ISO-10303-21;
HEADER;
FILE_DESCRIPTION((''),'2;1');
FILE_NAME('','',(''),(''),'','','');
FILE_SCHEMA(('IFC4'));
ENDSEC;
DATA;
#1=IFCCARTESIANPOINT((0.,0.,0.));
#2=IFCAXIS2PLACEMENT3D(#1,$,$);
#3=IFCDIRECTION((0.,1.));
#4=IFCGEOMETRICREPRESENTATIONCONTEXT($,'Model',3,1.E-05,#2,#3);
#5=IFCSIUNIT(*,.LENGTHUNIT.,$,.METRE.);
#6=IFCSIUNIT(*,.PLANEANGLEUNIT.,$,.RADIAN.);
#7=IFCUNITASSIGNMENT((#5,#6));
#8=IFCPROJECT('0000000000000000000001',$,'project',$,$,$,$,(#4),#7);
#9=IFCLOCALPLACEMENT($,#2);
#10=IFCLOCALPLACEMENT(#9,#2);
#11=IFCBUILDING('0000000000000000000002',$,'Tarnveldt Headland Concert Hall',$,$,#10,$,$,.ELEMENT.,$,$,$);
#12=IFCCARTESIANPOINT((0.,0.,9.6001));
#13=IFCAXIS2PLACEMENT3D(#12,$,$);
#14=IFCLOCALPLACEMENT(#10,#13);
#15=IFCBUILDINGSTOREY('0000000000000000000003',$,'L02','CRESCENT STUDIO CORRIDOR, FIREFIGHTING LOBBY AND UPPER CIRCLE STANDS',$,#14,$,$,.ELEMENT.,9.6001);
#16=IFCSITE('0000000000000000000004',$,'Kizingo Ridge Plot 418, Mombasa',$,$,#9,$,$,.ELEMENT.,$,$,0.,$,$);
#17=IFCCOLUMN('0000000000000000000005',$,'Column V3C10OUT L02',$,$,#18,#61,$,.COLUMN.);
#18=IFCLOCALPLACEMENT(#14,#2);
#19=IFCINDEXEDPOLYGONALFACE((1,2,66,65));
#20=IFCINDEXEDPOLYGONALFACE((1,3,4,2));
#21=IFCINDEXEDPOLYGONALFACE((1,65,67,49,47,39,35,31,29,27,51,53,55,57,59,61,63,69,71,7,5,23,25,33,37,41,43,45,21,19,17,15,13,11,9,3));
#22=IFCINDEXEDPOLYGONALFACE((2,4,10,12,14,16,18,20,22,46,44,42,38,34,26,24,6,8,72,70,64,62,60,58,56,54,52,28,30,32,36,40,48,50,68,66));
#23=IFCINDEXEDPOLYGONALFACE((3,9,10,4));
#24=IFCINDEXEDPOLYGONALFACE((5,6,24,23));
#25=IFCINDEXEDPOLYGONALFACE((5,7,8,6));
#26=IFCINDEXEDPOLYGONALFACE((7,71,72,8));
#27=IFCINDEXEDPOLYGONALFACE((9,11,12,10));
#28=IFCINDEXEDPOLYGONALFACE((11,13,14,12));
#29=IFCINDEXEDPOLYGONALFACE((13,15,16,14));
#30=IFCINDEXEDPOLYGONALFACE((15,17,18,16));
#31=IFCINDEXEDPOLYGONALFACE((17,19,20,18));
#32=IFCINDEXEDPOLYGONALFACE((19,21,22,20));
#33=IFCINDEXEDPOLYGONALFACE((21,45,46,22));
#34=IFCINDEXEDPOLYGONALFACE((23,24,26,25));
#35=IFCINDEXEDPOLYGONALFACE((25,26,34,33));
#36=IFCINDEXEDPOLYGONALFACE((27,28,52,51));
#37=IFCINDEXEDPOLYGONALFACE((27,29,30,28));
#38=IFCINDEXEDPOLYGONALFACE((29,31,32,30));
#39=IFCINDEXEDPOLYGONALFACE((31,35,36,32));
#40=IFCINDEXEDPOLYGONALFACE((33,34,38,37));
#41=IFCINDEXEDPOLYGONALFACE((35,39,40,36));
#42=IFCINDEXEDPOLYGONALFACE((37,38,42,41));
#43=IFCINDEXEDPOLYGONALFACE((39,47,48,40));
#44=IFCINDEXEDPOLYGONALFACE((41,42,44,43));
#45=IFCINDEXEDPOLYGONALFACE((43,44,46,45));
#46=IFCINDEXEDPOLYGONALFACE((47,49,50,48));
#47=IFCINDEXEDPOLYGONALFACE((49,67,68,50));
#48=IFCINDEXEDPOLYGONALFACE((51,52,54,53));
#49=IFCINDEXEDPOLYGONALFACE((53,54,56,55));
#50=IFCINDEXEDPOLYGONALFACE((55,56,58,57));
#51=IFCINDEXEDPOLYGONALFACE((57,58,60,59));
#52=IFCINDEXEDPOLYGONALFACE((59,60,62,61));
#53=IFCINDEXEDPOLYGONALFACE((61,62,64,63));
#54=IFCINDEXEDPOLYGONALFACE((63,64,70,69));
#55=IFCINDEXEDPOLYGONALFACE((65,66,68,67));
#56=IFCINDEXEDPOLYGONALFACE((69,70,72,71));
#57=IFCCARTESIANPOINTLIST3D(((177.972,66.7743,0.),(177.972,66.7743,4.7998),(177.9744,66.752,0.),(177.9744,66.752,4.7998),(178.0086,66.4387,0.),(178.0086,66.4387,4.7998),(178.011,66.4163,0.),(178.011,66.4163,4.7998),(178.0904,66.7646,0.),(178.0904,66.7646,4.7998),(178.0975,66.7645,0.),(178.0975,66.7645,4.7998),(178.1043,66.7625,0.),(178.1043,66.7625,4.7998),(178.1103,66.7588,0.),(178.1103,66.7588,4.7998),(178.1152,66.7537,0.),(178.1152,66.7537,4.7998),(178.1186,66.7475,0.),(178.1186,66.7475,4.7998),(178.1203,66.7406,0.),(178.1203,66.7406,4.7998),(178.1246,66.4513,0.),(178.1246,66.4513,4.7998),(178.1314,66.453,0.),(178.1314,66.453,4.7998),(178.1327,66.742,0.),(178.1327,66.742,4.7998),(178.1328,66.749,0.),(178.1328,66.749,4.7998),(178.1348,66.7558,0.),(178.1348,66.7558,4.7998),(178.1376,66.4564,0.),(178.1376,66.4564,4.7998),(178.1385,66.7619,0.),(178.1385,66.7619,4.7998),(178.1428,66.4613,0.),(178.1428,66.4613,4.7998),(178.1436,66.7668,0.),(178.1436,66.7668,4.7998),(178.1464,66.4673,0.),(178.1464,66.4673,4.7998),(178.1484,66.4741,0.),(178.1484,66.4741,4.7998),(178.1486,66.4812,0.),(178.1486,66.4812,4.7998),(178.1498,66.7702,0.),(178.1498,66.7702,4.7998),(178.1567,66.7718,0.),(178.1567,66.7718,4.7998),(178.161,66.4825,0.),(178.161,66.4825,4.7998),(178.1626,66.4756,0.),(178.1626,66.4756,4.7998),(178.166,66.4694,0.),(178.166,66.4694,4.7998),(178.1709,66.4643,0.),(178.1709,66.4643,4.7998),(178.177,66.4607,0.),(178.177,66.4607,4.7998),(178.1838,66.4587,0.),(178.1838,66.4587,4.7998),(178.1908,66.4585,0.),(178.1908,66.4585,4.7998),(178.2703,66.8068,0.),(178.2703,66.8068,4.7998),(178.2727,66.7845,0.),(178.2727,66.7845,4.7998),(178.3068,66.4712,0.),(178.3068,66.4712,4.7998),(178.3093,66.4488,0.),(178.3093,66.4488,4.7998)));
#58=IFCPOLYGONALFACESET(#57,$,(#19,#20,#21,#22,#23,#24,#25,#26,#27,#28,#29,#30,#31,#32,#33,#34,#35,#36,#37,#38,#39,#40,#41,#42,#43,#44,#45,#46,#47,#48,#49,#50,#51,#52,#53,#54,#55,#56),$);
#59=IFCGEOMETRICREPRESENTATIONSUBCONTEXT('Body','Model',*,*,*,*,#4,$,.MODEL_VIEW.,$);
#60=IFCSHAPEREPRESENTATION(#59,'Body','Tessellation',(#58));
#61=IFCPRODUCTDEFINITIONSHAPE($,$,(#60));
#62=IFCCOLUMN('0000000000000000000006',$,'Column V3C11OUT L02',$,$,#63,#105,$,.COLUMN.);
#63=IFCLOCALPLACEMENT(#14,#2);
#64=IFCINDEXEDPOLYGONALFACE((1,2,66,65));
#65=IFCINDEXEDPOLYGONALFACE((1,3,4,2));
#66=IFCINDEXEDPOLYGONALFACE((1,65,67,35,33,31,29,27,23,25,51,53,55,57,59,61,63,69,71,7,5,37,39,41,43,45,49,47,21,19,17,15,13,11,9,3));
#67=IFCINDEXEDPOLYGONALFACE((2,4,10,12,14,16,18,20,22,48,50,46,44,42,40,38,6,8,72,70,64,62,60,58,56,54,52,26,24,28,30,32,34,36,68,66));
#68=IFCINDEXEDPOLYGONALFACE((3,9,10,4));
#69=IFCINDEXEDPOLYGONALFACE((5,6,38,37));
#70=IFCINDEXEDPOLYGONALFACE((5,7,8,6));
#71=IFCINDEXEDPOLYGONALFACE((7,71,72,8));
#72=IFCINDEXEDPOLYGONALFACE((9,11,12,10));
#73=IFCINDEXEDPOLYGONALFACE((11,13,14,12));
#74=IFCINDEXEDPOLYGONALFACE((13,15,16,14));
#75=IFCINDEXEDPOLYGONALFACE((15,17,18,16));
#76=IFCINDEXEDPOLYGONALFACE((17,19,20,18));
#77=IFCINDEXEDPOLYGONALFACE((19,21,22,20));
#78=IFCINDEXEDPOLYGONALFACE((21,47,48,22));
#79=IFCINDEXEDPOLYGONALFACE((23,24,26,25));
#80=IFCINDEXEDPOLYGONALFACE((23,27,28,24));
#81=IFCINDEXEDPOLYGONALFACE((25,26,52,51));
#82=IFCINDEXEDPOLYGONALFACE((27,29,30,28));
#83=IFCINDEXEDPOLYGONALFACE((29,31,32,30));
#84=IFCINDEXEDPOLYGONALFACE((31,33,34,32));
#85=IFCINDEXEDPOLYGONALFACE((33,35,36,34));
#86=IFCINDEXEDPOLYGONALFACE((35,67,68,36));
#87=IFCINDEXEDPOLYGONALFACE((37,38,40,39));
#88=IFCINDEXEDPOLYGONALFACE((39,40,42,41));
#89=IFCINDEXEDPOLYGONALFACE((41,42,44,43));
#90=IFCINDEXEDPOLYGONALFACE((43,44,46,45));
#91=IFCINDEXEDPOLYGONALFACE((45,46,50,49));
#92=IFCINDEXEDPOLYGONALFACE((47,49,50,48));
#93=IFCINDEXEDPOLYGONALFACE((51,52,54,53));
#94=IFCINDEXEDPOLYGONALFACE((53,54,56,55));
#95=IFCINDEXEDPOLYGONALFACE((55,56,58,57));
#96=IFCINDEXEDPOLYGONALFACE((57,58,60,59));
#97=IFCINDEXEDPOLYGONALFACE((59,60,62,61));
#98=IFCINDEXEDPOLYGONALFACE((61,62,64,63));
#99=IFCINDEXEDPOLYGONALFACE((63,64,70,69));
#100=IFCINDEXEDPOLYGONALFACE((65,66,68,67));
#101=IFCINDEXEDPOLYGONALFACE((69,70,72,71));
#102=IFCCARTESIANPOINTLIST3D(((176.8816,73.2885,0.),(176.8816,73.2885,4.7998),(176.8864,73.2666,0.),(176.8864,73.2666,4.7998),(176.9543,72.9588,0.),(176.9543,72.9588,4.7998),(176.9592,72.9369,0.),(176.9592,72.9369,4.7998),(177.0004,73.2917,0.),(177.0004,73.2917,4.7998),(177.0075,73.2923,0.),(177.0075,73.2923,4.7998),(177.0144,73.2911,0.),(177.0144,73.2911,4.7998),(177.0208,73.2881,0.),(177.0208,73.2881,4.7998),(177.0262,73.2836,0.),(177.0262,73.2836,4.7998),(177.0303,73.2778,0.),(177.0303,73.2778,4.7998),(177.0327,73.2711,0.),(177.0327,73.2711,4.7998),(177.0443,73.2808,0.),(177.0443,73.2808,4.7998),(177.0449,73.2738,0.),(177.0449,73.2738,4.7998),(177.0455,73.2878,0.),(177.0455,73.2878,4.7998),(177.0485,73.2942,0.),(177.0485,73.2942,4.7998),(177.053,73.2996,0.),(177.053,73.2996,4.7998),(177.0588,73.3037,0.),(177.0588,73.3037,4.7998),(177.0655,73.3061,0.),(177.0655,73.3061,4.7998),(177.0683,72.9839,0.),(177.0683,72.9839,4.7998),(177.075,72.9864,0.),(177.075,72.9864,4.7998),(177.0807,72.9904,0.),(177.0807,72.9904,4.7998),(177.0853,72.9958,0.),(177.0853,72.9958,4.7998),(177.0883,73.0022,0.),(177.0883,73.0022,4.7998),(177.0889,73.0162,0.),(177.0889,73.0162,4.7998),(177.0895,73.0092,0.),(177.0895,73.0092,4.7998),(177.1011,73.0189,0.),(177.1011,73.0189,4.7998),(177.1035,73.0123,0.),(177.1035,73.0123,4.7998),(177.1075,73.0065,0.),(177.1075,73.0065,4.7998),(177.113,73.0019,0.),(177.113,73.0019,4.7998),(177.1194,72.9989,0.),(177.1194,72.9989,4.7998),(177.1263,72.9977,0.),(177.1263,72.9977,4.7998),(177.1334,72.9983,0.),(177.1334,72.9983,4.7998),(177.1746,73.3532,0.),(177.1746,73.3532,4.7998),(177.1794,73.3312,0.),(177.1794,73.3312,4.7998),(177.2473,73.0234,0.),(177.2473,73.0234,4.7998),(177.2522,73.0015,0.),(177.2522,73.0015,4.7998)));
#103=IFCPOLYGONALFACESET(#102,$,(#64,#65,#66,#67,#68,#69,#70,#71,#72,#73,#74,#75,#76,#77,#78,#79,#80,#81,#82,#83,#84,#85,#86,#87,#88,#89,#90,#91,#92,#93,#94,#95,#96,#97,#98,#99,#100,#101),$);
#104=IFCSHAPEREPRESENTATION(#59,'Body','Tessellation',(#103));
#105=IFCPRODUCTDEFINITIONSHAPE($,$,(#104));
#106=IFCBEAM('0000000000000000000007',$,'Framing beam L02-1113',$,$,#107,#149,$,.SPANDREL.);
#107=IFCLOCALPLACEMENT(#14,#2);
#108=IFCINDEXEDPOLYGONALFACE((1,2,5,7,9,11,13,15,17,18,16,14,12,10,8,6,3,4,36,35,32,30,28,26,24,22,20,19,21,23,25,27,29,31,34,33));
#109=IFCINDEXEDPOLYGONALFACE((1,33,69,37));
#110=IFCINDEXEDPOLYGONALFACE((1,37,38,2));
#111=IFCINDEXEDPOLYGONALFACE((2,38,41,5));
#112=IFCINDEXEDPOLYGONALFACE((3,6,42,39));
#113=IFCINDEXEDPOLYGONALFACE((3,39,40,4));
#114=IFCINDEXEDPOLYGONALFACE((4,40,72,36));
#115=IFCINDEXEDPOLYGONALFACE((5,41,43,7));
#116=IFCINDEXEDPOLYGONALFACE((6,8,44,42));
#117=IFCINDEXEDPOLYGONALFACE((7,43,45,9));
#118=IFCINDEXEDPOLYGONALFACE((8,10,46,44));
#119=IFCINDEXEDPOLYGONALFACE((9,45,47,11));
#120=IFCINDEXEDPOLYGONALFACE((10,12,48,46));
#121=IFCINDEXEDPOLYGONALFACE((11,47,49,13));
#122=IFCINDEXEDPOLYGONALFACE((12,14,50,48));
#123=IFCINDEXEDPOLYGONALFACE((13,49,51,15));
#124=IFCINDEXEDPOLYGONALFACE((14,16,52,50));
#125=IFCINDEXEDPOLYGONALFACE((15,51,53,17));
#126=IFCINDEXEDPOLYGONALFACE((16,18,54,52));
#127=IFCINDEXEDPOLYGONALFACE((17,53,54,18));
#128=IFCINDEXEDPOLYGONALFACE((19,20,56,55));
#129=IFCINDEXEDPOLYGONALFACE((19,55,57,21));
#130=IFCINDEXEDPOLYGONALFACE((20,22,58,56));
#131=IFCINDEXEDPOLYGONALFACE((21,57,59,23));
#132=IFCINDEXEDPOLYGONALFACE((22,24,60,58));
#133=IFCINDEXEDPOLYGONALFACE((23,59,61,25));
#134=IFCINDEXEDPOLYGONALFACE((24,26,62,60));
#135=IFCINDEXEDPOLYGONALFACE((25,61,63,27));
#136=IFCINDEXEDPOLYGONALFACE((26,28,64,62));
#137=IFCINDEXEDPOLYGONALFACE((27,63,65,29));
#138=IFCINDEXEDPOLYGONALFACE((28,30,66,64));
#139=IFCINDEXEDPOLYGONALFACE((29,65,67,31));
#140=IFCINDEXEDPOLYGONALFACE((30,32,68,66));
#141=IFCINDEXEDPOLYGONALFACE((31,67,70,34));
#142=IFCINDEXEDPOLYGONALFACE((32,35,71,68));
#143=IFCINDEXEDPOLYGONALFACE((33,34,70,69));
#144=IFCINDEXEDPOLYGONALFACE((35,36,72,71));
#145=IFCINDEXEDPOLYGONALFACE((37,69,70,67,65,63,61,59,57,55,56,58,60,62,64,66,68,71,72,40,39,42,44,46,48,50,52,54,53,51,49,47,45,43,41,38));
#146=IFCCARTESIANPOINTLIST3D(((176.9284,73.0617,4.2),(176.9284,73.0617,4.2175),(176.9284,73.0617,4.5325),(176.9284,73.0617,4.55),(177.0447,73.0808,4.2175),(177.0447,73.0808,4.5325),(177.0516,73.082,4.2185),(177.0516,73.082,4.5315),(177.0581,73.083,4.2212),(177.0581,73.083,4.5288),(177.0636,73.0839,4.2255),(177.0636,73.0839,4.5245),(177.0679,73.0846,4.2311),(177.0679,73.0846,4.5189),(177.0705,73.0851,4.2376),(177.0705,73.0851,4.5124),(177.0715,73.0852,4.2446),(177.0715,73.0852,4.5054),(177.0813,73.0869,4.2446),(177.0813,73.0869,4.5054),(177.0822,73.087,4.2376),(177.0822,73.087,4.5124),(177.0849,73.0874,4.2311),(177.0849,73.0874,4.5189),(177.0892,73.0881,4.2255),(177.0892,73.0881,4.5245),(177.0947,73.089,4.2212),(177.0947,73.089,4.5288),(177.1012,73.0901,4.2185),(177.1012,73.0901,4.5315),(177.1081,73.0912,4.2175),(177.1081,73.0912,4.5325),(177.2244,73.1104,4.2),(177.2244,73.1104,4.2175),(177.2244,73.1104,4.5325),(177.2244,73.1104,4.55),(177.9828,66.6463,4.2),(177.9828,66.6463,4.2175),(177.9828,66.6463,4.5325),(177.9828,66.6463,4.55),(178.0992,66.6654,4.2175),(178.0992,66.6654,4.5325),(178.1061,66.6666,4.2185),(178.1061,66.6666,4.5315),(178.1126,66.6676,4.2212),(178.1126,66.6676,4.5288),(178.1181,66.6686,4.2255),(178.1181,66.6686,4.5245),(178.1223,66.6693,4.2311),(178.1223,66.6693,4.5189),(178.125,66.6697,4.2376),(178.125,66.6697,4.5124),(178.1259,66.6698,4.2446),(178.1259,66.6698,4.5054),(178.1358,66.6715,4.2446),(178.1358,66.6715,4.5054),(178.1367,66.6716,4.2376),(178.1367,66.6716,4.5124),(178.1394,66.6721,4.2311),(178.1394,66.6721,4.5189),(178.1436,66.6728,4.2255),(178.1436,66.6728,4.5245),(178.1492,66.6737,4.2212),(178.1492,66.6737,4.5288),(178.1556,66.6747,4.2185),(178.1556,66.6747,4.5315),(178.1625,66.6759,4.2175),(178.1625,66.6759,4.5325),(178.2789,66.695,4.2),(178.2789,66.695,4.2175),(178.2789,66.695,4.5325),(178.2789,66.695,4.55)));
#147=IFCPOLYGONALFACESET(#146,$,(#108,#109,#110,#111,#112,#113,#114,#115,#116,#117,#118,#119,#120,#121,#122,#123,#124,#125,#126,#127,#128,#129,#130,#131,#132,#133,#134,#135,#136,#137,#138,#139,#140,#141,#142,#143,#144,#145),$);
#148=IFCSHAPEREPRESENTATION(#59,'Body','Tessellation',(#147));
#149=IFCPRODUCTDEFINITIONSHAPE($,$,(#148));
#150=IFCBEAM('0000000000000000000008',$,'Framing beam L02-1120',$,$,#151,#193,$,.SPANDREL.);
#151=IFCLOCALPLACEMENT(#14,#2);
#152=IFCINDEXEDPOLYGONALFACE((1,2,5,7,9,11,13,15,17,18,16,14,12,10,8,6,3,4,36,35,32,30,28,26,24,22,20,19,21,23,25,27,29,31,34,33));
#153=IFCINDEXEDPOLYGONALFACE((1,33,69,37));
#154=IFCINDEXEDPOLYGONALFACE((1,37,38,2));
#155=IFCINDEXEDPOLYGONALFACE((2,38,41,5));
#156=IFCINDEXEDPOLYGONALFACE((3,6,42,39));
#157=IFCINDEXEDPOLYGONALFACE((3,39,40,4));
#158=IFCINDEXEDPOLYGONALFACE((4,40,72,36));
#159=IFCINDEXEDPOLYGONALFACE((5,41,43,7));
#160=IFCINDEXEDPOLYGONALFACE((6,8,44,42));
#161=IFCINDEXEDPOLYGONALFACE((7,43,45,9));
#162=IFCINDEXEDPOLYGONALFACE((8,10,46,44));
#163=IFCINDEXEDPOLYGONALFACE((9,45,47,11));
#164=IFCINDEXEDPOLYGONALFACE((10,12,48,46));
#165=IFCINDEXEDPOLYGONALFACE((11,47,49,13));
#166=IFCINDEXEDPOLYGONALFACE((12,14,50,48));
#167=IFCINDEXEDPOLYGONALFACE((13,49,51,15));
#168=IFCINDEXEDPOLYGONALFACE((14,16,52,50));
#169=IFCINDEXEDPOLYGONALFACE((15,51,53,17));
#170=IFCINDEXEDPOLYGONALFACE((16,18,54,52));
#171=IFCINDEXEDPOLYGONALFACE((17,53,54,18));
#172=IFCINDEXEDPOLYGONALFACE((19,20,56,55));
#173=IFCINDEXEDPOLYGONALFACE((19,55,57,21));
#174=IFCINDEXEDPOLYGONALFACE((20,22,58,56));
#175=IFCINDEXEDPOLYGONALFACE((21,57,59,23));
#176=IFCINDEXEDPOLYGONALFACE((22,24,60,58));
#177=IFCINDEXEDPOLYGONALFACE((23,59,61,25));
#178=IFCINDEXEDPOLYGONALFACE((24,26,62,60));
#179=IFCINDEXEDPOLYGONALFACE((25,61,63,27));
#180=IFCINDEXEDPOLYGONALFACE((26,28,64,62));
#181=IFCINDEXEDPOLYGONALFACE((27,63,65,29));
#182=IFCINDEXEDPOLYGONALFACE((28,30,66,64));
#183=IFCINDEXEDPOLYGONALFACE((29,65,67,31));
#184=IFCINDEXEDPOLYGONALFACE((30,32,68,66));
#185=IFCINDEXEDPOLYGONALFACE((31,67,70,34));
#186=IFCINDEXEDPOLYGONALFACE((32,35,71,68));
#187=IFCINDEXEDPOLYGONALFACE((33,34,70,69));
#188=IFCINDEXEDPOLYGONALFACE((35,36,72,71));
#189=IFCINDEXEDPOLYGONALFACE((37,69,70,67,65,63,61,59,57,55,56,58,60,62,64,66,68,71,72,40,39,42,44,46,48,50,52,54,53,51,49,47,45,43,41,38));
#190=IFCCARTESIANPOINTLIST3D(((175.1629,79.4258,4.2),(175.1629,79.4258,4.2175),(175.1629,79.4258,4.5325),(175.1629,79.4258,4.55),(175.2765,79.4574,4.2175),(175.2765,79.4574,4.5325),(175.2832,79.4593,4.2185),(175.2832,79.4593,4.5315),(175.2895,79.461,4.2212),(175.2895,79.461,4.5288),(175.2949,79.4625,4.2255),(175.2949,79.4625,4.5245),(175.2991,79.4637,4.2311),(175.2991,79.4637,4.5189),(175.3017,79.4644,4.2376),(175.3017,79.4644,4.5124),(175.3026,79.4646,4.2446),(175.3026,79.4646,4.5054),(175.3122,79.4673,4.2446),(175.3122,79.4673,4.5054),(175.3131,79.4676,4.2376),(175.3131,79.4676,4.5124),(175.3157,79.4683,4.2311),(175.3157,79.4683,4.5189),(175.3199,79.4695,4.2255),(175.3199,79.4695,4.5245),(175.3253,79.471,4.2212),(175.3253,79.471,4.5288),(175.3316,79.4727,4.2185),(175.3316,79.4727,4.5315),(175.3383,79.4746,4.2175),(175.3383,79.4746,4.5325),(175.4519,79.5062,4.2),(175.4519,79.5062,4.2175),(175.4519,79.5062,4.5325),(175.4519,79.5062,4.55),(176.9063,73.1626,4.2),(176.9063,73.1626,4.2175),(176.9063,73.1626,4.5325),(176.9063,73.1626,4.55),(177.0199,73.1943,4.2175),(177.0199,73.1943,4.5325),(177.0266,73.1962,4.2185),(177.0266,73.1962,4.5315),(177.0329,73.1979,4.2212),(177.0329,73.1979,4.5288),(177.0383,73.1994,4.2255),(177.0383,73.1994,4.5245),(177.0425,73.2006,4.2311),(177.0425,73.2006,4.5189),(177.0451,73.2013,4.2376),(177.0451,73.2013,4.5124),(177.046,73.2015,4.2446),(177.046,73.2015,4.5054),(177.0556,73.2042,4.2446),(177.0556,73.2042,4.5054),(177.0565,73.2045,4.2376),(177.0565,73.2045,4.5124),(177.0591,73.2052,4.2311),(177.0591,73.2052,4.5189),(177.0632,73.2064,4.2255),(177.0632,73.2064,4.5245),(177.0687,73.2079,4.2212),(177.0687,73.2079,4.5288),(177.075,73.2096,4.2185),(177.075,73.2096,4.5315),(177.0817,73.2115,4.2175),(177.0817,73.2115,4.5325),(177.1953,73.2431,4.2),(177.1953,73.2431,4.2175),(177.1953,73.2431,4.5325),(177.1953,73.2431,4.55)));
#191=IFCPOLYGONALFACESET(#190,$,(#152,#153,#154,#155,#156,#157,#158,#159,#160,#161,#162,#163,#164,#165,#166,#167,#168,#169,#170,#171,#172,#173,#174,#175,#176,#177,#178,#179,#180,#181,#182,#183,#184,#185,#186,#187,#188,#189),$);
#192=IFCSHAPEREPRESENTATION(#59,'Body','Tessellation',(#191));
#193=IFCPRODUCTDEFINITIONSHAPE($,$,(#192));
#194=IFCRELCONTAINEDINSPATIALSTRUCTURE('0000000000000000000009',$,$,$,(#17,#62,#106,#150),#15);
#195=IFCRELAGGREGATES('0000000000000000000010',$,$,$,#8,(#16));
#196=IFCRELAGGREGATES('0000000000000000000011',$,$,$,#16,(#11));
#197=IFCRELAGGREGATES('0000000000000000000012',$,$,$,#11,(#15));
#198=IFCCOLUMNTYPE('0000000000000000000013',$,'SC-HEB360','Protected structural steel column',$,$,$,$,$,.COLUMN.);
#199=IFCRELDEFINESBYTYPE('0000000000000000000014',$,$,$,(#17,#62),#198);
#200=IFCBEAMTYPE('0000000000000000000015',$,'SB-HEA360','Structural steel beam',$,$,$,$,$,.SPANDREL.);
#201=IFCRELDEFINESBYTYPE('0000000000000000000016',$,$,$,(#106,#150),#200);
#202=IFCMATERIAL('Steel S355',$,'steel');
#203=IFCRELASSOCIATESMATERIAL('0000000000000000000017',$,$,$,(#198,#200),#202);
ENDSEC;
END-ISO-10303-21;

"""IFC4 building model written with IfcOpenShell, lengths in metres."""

from ifc_helpers import new_model, si_unit, direction, frame, origin, origin_2d, place, context, subcontext, project, spatial, i_section, extrude, material, material_profile, profile_set, type_object, element, save


model = new_model("IFC4")

# Units and contexts
model_context = context("Model", 3, precision=1e-05, world=origin(), true_north=direction((0.0, 1.0)))
body_context = subcontext(model_context, "Body", "Model", "MODEL_VIEW")
ifc_project = project(units=[si_unit("LENGTHUNIT", "METRE"), si_unit("PLANEANGLEUNIT", "RADIAN")], contexts=[model_context])

# Site, building, storey
site_placement = place(None, origin())
site = spatial("IfcSite", under=ifc_project, at=site_placement, Name="Kizingo Ridge Plot 418, Mombasa", CompositionType="ELEMENT", RefElevation=0.0)
building_placement = place(site_placement, origin())
building = spatial("IfcBuilding", under=site, at=building_placement, Name="Tarnveldt Headland Concert Hall", CompositionType="ELEMENT")
storey_placement = place(building_placement, frame((0.0, 0.0, 9.6001)))
storey = spatial("IfcBuildingStorey", under=building, at=storey_placement, Name="L02", Description="CRESCENT STUDIO CORRIDOR, FIREFIGHTING LOBBY AND UPPER CIRCLE STANDS", CompositionType="ELEMENT", Elevation=9.6001)

# Columns
ifc_material_1 = material(Name="Steel S355", Category="steel")
ifc_material_profile_1 = material_profile(ifc_material_1, i_section(OverallWidth=0.3, OverallDepth=0.3601, WebThickness=0.0125, FlangeThickness=0.0225, FilletRadius=0.0271, at=origin_2d()), Name="HEB360", Category="steel")
ifc_profile_set_1 = profile_set([ifc_material_profile_1], Name="Steel S355")
column_type = type_object("IfcColumnType", Name="SC-HEB360", Description="Protected structural steel column", PredefinedType="COLUMN", material=ifc_profile_set_1)
for number, where, z_axis, x_axis, name in (
    (1, (178.1406, 66.6116, 0.0), (0.0, 0.0, 1.0), (0.994113, 0.108346, 0.0), "Column V3C10OUT L02"),
    (2, (177.0669, 73.145, 0.0), (0.0, 0.0, 1.0), (0.976522, 0.215417, 0.0), "Column V3C11OUT L02"),
):
    element("IfcColumn", number, at=place(storey_placement, frame(where, z_axis=z_axis, x_axis=x_axis)), inside=storey, type_object=column_type, Name=name, PredefinedType="COLUMN", context=body_context, shape_type="SweptSolid", body=[
        extrude(i_section(OverallWidth=0.3, OverallDepth=0.3601, WebThickness=0.0125, FlangeThickness=0.0225, FilletRadius=0.0271, at=origin_2d()), origin(), (0.0, 0.0, 1.0), 4.7998),
    ])

# Beams
ifc_material_profile_2 = material_profile(ifc_material_1, i_section(OverallWidth=0.3, OverallDepth=0.3501, WebThickness=0.01, FlangeThickness=0.0176, FilletRadius=0.0271, at=origin_2d()), Name="HEA360", Category="steel")
ifc_profile_set_2 = profile_set([ifc_material_profile_2], Name="Steel S355")
beam_type_1 = type_object("IfcBeamType", Name="SB-HEA360", Description="Structural steel beam", PredefinedType="SPANDREL", material=ifc_profile_set_2)
beam_1_placement = place(storey_placement, frame((178.1309, 66.6707, 4.375), z_axis=(-0.162188, 0.98676, 0.0), x_axis=(-0.98676, -0.162188, 0.0)))
element("IfcBeam", 3, at=beam_1_placement, inside=storey, type_object=beam_type_1, Name="Framing beam L02-1113", PredefinedType="SPANDREL", context=body_context, shape_type="SweptSolid", body=[
    extrude(i_section(OverallWidth=0.3, OverallDepth=0.3501, WebThickness=0.01, FlangeThickness=0.0176, FilletRadius=0.0271, at=origin_2d()), origin(), (0.0, 0.0, 1.0), 6.5015),
])
beam_2_placement = place(storey_placement, frame((177.0508, 73.2029, 4.375), z_axis=(-0.268163, 0.963374, 0.0), x_axis=(-0.963374, -0.268163, 0.0)))
element("IfcBeam", 4, at=beam_2_placement, inside=storey, type_object=beam_type_1, Name="Framing beam L02-1120", PredefinedType="SPANDREL", context=body_context, shape_type="SweptSolid", body=[
    extrude(i_section(OverallWidth=0.3, OverallDepth=0.3501, WebThickness=0.01, FlangeThickness=0.0176, FilletRadius=0.0271, at=origin_2d()), origin(), (0.0, 0.0, 1.0), 6.5012),
])

save(model, "model.ifc")
